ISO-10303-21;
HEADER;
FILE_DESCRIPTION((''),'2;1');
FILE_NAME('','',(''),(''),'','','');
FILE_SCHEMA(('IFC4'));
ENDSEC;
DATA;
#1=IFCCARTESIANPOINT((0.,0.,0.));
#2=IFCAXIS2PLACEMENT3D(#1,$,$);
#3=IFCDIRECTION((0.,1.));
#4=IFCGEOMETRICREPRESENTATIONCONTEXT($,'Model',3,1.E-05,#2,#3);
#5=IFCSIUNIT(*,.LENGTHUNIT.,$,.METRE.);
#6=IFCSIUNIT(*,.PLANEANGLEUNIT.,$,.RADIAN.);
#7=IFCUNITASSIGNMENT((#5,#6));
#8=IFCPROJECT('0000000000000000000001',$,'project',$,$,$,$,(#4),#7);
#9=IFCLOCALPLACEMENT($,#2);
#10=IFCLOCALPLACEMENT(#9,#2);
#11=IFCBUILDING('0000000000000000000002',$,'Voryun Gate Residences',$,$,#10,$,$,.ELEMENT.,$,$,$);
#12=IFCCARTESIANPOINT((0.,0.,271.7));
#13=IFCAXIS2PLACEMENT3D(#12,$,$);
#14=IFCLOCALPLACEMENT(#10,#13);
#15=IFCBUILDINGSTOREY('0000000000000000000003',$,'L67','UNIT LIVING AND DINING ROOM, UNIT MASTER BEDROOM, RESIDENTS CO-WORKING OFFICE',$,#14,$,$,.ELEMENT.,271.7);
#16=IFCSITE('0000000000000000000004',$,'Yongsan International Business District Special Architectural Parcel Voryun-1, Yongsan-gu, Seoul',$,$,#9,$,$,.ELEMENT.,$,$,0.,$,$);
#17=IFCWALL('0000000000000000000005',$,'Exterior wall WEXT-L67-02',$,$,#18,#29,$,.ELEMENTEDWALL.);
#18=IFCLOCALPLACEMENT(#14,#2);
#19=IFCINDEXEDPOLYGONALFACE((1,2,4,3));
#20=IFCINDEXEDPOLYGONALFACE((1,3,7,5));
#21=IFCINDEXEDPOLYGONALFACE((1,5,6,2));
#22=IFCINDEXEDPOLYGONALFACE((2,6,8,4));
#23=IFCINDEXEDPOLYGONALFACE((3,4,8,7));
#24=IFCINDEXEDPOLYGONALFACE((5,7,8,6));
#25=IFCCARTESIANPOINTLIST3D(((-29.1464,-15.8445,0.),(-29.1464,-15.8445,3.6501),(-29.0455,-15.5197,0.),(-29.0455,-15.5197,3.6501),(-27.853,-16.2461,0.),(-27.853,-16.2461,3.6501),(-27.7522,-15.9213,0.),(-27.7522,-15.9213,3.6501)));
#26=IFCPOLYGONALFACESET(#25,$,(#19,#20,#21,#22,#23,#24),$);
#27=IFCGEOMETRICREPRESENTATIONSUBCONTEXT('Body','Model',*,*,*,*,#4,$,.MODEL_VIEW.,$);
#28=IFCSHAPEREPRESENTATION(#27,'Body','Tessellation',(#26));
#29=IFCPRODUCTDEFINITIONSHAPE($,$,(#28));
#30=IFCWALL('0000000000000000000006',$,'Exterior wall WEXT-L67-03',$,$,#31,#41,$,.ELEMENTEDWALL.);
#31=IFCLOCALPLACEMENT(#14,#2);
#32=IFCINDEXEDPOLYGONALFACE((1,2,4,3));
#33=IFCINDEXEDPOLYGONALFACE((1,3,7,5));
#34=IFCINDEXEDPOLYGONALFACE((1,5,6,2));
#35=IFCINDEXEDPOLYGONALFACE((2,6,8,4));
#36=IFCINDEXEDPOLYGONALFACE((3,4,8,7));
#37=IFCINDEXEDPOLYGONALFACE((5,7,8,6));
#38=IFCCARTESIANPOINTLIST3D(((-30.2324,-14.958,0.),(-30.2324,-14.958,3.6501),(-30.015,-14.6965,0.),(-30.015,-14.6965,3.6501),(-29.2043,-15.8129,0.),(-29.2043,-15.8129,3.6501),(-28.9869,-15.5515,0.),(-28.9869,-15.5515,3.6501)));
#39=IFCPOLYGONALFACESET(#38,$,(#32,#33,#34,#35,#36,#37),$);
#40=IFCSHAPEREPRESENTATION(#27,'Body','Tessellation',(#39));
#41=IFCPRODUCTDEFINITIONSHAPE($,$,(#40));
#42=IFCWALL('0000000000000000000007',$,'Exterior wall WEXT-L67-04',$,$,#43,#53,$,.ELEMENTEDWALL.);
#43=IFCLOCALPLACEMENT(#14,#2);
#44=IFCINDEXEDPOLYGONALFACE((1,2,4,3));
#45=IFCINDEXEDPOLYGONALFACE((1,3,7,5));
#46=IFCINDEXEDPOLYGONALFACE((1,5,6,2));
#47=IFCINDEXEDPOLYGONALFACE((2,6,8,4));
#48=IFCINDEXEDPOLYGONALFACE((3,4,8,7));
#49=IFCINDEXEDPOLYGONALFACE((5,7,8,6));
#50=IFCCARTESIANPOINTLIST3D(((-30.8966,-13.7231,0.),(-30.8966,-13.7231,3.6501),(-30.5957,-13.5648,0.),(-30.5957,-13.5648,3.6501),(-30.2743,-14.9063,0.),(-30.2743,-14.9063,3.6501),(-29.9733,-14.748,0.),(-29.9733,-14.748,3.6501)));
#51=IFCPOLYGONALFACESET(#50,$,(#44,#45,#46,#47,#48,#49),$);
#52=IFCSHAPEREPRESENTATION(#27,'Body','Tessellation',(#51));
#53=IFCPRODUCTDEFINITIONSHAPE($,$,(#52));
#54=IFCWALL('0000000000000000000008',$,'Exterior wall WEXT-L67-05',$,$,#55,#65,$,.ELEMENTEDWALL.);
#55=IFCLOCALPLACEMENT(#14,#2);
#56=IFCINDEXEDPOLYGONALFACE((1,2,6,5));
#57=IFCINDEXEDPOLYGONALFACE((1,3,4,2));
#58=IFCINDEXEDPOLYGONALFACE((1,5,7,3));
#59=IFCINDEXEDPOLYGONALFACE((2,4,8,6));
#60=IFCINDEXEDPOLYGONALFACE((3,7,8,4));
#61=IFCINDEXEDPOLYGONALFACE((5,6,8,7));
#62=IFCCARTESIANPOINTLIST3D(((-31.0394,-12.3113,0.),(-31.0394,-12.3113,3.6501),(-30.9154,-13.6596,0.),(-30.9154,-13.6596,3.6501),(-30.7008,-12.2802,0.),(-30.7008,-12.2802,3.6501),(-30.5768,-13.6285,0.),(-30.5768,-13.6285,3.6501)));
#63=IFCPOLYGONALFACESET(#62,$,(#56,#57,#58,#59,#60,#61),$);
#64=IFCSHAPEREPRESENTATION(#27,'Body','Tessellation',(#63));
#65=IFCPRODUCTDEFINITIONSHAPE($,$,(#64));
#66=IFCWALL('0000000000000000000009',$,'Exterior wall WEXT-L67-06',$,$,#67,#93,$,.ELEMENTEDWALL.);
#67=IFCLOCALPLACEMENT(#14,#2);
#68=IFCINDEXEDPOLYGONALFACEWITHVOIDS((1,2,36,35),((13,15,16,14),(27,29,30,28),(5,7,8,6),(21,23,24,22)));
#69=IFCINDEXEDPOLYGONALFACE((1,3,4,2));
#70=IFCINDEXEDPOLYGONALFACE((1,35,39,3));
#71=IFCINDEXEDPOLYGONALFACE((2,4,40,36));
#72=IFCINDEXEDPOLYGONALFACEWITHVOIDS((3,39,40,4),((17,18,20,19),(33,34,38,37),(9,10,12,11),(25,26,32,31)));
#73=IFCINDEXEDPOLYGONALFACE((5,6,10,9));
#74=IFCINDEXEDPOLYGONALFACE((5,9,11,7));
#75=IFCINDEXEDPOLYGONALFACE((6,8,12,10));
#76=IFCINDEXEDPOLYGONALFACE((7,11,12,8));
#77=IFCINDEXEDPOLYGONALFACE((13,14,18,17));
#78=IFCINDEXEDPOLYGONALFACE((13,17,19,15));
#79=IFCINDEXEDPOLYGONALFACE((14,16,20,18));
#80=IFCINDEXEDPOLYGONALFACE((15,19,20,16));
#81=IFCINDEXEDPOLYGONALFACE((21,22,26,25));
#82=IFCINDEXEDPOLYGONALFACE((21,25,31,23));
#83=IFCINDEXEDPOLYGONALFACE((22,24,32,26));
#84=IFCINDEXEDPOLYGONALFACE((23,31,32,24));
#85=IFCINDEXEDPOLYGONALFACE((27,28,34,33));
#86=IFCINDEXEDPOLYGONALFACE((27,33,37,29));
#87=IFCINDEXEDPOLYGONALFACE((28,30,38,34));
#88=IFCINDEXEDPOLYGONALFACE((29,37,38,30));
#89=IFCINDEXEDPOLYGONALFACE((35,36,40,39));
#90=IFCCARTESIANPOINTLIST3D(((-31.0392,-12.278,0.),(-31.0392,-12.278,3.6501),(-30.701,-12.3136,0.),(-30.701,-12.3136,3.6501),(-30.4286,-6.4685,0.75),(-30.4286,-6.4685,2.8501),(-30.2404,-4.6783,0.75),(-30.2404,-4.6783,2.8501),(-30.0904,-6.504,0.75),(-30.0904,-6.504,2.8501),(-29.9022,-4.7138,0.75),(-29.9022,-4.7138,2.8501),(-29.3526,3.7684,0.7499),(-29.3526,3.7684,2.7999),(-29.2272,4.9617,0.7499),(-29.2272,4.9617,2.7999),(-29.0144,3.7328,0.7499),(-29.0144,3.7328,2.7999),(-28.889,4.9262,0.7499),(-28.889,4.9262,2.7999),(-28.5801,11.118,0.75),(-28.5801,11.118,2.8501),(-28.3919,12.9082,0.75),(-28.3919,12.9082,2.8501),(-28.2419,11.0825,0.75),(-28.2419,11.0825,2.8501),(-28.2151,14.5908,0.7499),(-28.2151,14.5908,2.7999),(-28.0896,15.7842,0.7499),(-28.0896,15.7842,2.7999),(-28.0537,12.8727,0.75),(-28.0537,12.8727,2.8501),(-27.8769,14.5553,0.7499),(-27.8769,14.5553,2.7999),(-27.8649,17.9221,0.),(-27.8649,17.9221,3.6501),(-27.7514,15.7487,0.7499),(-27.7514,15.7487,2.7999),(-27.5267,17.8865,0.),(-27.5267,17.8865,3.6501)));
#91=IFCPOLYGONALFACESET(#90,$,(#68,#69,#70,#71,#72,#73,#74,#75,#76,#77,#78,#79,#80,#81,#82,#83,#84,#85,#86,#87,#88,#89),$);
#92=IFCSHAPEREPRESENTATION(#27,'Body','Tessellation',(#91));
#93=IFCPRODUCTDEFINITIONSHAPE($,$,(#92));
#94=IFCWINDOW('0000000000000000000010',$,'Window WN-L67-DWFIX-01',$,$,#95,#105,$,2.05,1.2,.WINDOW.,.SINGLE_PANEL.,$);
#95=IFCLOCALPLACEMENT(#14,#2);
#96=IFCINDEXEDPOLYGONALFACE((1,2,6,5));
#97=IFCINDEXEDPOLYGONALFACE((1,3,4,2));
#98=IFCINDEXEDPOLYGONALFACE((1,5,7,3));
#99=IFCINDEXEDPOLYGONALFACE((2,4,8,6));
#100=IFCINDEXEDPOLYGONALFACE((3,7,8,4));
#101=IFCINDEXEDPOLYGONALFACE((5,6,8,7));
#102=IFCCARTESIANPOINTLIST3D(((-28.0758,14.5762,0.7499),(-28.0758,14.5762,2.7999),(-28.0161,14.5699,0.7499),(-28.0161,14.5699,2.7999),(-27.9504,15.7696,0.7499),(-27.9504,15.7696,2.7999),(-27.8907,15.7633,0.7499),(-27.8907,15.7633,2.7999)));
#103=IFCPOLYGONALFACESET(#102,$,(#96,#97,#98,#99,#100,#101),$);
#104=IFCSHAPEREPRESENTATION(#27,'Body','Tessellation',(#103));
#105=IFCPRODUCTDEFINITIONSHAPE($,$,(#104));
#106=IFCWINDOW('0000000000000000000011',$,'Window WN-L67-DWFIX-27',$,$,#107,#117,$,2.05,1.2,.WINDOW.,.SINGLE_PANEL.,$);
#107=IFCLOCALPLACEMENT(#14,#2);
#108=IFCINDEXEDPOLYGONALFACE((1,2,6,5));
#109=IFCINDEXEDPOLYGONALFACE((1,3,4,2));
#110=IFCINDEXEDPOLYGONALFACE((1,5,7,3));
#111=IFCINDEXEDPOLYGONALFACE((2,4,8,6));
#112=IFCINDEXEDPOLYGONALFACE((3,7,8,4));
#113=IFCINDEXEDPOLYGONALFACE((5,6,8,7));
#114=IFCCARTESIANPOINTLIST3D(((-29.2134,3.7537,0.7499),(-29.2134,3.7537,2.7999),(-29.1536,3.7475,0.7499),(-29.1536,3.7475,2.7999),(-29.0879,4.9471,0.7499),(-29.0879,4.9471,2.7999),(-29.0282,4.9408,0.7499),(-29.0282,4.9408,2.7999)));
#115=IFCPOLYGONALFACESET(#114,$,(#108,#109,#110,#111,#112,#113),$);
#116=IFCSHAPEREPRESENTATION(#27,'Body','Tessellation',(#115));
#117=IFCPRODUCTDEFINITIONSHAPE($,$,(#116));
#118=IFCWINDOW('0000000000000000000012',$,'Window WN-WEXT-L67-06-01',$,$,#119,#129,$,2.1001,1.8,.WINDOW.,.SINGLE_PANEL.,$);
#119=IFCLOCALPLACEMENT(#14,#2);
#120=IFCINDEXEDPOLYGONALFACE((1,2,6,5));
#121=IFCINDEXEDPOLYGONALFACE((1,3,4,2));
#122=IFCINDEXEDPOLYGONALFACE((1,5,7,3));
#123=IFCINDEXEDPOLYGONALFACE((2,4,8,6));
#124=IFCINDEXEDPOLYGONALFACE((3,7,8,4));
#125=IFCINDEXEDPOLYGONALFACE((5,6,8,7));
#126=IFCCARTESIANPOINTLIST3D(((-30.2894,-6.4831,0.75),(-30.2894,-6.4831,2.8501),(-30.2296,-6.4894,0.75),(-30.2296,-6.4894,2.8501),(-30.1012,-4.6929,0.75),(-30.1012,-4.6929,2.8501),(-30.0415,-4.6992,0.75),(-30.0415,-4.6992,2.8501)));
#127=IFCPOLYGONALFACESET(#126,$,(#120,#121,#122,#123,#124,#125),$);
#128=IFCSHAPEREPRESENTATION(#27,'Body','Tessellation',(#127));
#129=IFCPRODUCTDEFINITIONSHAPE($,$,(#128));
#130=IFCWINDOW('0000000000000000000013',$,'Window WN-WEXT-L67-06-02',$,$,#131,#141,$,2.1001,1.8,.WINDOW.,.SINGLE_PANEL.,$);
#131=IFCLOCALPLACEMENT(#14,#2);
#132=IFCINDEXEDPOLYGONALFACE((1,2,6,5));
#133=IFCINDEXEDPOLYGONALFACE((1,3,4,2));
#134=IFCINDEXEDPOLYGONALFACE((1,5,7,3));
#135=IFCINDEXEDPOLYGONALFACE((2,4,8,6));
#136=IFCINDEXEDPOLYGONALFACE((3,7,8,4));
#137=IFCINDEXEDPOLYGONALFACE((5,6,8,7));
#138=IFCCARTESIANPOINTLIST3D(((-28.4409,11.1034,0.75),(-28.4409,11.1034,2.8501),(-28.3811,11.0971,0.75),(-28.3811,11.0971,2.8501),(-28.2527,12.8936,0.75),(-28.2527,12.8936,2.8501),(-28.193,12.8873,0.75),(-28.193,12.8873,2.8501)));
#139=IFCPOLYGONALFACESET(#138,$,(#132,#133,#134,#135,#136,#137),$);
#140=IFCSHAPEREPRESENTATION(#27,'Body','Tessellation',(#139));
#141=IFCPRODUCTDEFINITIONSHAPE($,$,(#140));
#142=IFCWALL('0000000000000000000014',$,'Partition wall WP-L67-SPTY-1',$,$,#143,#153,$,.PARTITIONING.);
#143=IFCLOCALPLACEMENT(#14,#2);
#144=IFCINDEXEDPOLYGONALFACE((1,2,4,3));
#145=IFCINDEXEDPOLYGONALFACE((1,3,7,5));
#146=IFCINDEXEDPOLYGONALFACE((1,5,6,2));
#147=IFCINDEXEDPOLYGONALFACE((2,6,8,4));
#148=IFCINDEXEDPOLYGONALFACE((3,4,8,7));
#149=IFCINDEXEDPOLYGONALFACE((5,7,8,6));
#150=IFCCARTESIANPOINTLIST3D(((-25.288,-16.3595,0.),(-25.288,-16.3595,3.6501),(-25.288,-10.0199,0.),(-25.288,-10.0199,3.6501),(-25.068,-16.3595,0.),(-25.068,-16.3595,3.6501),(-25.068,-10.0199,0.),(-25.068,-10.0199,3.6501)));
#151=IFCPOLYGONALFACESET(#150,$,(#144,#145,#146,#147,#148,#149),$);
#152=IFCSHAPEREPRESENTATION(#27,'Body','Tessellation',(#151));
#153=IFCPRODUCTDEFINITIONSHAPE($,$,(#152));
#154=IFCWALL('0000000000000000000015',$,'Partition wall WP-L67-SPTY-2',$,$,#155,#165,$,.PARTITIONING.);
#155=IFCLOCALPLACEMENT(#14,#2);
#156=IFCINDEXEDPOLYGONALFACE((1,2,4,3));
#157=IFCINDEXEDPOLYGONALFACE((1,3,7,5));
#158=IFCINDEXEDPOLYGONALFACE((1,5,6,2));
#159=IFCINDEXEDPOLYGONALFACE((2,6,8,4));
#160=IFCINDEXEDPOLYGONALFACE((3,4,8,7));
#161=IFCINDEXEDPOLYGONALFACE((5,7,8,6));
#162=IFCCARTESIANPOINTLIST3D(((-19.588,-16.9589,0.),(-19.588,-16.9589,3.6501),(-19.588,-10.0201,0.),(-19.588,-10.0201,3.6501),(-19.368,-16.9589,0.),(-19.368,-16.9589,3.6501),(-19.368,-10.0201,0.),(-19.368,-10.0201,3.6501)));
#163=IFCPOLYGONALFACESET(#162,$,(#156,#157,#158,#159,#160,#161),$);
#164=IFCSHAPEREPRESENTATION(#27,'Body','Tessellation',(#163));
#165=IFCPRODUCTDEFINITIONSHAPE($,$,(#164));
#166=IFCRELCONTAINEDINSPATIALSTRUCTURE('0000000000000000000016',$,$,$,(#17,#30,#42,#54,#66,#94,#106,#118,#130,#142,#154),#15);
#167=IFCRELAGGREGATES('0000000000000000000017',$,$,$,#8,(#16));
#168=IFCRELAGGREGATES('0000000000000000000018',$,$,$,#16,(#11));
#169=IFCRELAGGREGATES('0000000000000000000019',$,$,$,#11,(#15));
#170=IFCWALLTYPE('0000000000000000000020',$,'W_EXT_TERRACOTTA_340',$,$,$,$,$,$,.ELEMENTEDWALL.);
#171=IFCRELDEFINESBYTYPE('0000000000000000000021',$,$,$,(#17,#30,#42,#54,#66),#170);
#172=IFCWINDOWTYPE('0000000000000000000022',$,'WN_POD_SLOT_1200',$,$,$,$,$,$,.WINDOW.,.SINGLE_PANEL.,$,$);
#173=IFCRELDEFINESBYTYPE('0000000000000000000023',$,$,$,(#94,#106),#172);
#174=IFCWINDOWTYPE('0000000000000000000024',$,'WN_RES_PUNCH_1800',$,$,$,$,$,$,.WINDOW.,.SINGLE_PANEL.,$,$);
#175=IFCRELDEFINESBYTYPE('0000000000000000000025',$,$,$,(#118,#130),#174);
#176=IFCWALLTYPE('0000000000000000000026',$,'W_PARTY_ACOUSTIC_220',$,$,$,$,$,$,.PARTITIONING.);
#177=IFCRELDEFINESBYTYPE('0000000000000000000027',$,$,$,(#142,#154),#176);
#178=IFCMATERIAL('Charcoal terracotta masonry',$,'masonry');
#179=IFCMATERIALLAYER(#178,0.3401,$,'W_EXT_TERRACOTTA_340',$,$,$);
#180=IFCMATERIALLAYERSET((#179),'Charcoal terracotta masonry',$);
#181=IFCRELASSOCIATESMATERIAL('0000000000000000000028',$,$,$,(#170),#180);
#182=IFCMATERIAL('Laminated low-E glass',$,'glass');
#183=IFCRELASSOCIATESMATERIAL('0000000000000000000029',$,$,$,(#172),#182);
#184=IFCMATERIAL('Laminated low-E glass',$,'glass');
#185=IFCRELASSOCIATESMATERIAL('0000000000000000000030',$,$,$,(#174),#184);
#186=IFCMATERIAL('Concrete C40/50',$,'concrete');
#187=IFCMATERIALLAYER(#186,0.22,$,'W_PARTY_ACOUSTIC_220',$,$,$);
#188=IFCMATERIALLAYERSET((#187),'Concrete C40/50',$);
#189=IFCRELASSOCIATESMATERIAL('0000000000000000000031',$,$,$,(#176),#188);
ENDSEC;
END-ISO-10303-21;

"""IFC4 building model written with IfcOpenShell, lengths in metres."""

from ifc_helpers import new_model, si_unit, direction, frame, frame_2d, origin, place, context, subcontext, project, spatial, rectangle, extrude, material, layer, layer_set, type_object, element, fill, save


model = new_model("IFC4")

# Units and contexts
model_context = context("Model", 3, precision=1e-05, world=origin(), true_north=direction((0.0, 1.0)))
body_context = subcontext(model_context, "Body", "Model", "MODEL_VIEW")
ifc_project = project(units=[si_unit("LENGTHUNIT", "METRE"), si_unit("PLANEANGLEUNIT", "RADIAN")], contexts=[model_context])

# Site, building, storey
site_placement = place(None, origin())
site = spatial("IfcSite", under=ifc_project, at=site_placement, Name="Yongsan International Business District Special Architectural Parcel Voryun-1, Yongsan-gu, Seoul", CompositionType="ELEMENT", RefElevation=0.0)
building_placement = place(site_placement, origin())
building = spatial("IfcBuilding", under=site, at=building_placement, Name="Voryun Gate Residences", CompositionType="ELEMENT")
storey_placement = place(building_placement, frame((0.0, 0.0, 271.7)))
storey = spatial("IfcBuildingStorey", under=building, at=storey_placement, Name="L67", Description="UNIT LIVING AND DINING ROOM, UNIT MASTER BEDROOM, RESIDENTS CO-WORKING OFFICE", CompositionType="ELEMENT", Elevation=271.7)

# Walls
ifc_material_1 = material(Name="Charcoal terracotta masonry", Category="masonry")
ifc_layer_1 = layer(ifc_material_1, 0.3401, Name="W_EXT_TERRACOTTA_340")
ifc_layer_set_1 = layer_set([ifc_layer_1], Name="Charcoal terracotta masonry")
wall_type_1 = type_object("IfcWallType", Name="W_EXT_TERRACOTTA_340", PredefinedType="ELEMENTEDWALL", material=ifc_layer_set_1)
wall_1_placement = place(storey_placement, frame((-27.8025, -16.0837, 0.0), z_axis=(0.0, 0.0, 1.0), x_axis=(-0.955008, 0.296581, 0.0)))
element("IfcWall", 1, at=wall_1_placement, inside=storey, type_object=wall_type_1, Name="Exterior wall WEXT-L67-02", PredefinedType="ELEMENTEDWALL", context=body_context, shape_type="SweptSolid", body=[
    extrude(rectangle(XDim=1.3542, YDim=0.3401, at=frame_2d((0.6772, 0.0))), origin(), (0.0, 0.0, 1.0), 3.6501),
])
wall_2_placement = place(storey_placement, frame((-29.0957, -15.6821, 0.0), z_axis=(0.0, 0.0, 1.0), x_axis=(-0.768864, 0.639412, 0.0)))
element("IfcWall", 2, at=wall_2_placement, inside=storey, type_object=wall_type_1, Name="Exterior wall WEXT-L67-03", PredefinedType="ELEMENTEDWALL", context=body_context, shape_type="SweptSolid", body=[
    extrude(rectangle(XDim=1.3372, YDim=0.3401, at=frame_2d((0.6685, 0.0))), origin(), (0.0, 0.0, 1.0), 3.6501),
])
wall_3_placement = place(storey_placement, frame((-30.1238, -14.8271, 0.0), z_axis=(0.0, 0.0, 1.0), x_axis=(-0.465528, 0.885033, 0.0)))
element("IfcWall", 3, at=wall_3_placement, inside=storey, type_object=wall_type_1, Name="Exterior wall WEXT-L67-04", PredefinedType="ELEMENTEDWALL", context=body_context, shape_type="SweptSolid", body=[
    extrude(rectangle(XDim=1.3369, YDim=0.3401, at=frame_2d((0.6685, 0.0))), origin(), (0.0, 0.0, 1.0), 3.6501),
])
wall_4_placement = place(storey_placement, frame((-30.7461, -13.644, 0.0), z_axis=(0.0, 0.0, 1.0), x_axis=(-0.091592, 0.995797, 0.0)))
element("IfcWall", 4, at=wall_4_placement, inside=storey, type_object=wall_type_1, Name="Exterior wall WEXT-L67-05", PredefinedType="ELEMENTEDWALL", context=body_context, shape_type="SweptSolid", body=[
    extrude(rectangle(XDim=1.354, YDim=0.3401, at=frame_2d((0.677, 0.0))), origin(), (0.0, 0.0, 1.0), 3.6501),
])

# Wall, openings, windows
wall_5_placement = place(storey_placement, frame((-30.8701, -12.2957, 0.0), z_axis=(0.0, 0.0, 1.0), x_axis=(0.104533, 0.994521, 0.0)))
wall_5 = element("IfcWall", 5, at=wall_5_placement, inside=storey, type_object=wall_type_1, Name="Exterior wall WEXT-L67-06", PredefinedType="ELEMENTEDWALL", context=body_context, shape_type="SweptSolid", body=[
    extrude(rectangle(XDim=30.3665, YDim=0.3401, at=frame_2d((15.1831, 0.0))), origin(), (0.0, 0.0, 1.0), 3.6501),
])
opening_1_placement = place(wall_5_placement, frame((5.8416, 0.0, 0.75)))
opening_1 = element("IfcOpeningElement", 6, at=opening_1_placement, cuts=wall_5, PredefinedType="OPENING", context=body_context, shape_type="SweptSolid", body=[
    extrude(rectangle(XDim=1.8, YDim=2.1001, at=frame_2d((0.8999, 1.05))), frame((0.0, 0.1799, 0.0), z_axis=(0.0, -1.0, 0.0), x_axis=(1.0, 0.0, 0.0)), (0.0, 0.0, 1.0), 0.3601),
])
opening_2_placement = place(wall_5_placement, frame((23.5249, 0.0, 0.75)))
opening_2 = element("IfcOpeningElement", 7, at=opening_2_placement, cuts=wall_5, PredefinedType="OPENING", context=body_context, shape_type="SweptSolid", body=[
    extrude(rectangle(XDim=1.8, YDim=2.1001, at=frame_2d((0.8999, 1.05))), frame((0.0, 0.1799, 0.0), z_axis=(0.0, -1.0, 0.0), x_axis=(1.0, 0.0, 0.0)), (0.0, 0.0, 1.0), 0.3601),
])
opening_3_placement = place(wall_5_placement, frame((27.0166, 0.0, 0.75)))
opening_3 = element("IfcOpeningElement", 8, at=opening_3_placement, cuts=wall_5, PredefinedType="OPENING", context=body_context, shape_type="SweptSolid", body=[
    extrude(rectangle(XDim=1.2, YDim=2.05, at=frame_2d((0.6001, 1.0249))), frame((0.0, 0.1799, 0.0), z_axis=(0.0, -1.0, 0.0), x_axis=(1.0, 0.0, 0.0)), (0.0, 0.0, 1.0), 0.3601),
])
opening_4_placement = place(wall_5_placement, frame((16.1345, 0.0, 0.75)))
opening_4 = element("IfcOpeningElement", 9, at=opening_4_placement, cuts=wall_5, PredefinedType="OPENING", context=body_context, shape_type="SweptSolid", body=[
    extrude(rectangle(XDim=1.2, YDim=2.05, at=frame_2d((0.6001, 1.0249))), frame((0.0, 0.1799, 0.0), z_axis=(0.0, -1.0, 0.0), x_axis=(1.0, 0.0, 0.0)), (0.0, 0.0, 1.0), 0.3601),
])
ifc_material_2 = material(Name="Laminated low-E glass", Category="glass")
window_type_1 = type_object("IfcWindowType", Name="WN_POD_SLOT_1200", PartitioningType="SINGLE_PANEL", PredefinedType="WINDOW", material=ifc_material_2)
window_1_placement = place(opening_3_placement, origin())
window_1 = element("IfcWindow", 10, at=window_1_placement, inside=storey, type_object=window_type_1, Name="Window WN-L67-DWFIX-01", OverallHeight=2.05, OverallWidth=1.2, PartitioningType="SINGLE_PANEL", PredefinedType="WINDOW", context=body_context, shape_type="SweptSolid", body=[
    extrude(rectangle(XDim=1.2, YDim=2.05, at=frame_2d((0.6001, 1.0249))), frame((0.0, 0.03, 0.0), z_axis=(0.0, -1.0, 0.0), x_axis=(1.0, 0.0, 0.0)), (0.0, 0.0, 1.0), 0.0601),
])
fill(opening_3, window_1)
window_2_placement = place(opening_4_placement, origin())
window_2 = element("IfcWindow", 11, at=window_2_placement, inside=storey, type_object=window_type_1, Name="Window WN-L67-DWFIX-27", OverallHeight=2.05, OverallWidth=1.2, PartitioningType="SINGLE_PANEL", PredefinedType="WINDOW", context=body_context, shape_type="SweptSolid", body=[
    extrude(rectangle(XDim=1.2, YDim=2.05, at=frame_2d((0.6001, 1.0249))), frame((0.0, 0.03, 0.0), z_axis=(0.0, -1.0, 0.0), x_axis=(1.0, 0.0, 0.0)), (0.0, 0.0, 1.0), 0.0601),
])
fill(opening_4, window_2)
ifc_material_3 = material(Name="Laminated low-E glass", Category="glass")
window_type_2 = type_object("IfcWindowType", Name="WN_RES_PUNCH_1800", PartitioningType="SINGLE_PANEL", PredefinedType="WINDOW", material=ifc_material_3)
window_3_placement = place(opening_1_placement, origin())
window_3 = element("IfcWindow", 12, at=window_3_placement, inside=storey, type_object=window_type_2, Name="Window WN-WEXT-L67-06-01", OverallHeight=2.1001, OverallWidth=1.8, PartitioningType="SINGLE_PANEL", PredefinedType="WINDOW", context=body_context, shape_type="SweptSolid", body=[
    extrude(rectangle(XDim=1.8, YDim=2.1001, at=frame_2d((0.8999, 1.05))), frame((0.0, 0.03, 0.0), z_axis=(0.0, -1.0, 0.0), x_axis=(1.0, 0.0, 0.0)), (0.0, 0.0, 1.0), 0.0601),
])
fill(opening_1, window_3)
window_4_placement = place(opening_2_placement, origin())
window_4 = element("IfcWindow", 13, at=window_4_placement, inside=storey, type_object=window_type_2, Name="Window WN-WEXT-L67-06-02", OverallHeight=2.1001, OverallWidth=1.8, PartitioningType="SINGLE_PANEL", PredefinedType="WINDOW", context=body_context, shape_type="SweptSolid", body=[
    extrude(rectangle(XDim=1.8, YDim=2.1001, at=frame_2d((0.8999, 1.05))), frame((0.0, 0.03, 0.0), z_axis=(0.0, -1.0, 0.0), x_axis=(1.0, 0.0, 0.0)), (0.0, 0.0, 1.0), 0.0601),
])
fill(opening_2, window_4)

# Walls
ifc_material_4 = material(Name="Concrete C40/50", Category="concrete")
ifc_layer_2 = layer(ifc_material_4, 0.22, Name="W_PARTY_ACOUSTIC_220")
ifc_layer_set_2 = layer_set([ifc_layer_2], Name="Concrete C40/50")
wall_type_2 = type_object("IfcWallType", Name="W_PARTY_ACOUSTIC_220", PredefinedType="PARTITIONING", material=ifc_layer_set_2)
wall_6_placement = place(storey_placement, frame((-25.178, -16.3596, 0.0), z_axis=(0.0, 0.0, 1.0), x_axis=(0.0, 1.0, 0.0)))
element("IfcWall", 14, at=wall_6_placement, inside=storey, type_object=wall_type_2, Name="Partition wall WP-L67-SPTY-1", PredefinedType="PARTITIONING", context=body_context, shape_type="SweptSolid", body=[
    extrude(rectangle(XDim=6.3396, YDim=0.22, at=frame_2d((3.1699, 0.0))), origin(), (0.0, 0.0, 1.0), 3.6501),
])
wall_7_placement = place(storey_placement, frame((-19.478, -16.9587, 0.0), z_axis=(0.0, 0.0, 1.0), x_axis=(0.0, 1.0, 0.0)))
element("IfcWall", 15, at=wall_7_placement, inside=storey, type_object=wall_type_2, Name="Partition wall WP-L67-SPTY-2", PredefinedType="PARTITIONING", context=body_context, shape_type="SweptSolid", body=[
    extrude(rectangle(XDim=6.9387, YDim=0.22, at=frame_2d((3.4692, 0.0))), origin(), (0.0, 0.0, 1.0), 3.6501),
])

save(model, "model.ifc")
